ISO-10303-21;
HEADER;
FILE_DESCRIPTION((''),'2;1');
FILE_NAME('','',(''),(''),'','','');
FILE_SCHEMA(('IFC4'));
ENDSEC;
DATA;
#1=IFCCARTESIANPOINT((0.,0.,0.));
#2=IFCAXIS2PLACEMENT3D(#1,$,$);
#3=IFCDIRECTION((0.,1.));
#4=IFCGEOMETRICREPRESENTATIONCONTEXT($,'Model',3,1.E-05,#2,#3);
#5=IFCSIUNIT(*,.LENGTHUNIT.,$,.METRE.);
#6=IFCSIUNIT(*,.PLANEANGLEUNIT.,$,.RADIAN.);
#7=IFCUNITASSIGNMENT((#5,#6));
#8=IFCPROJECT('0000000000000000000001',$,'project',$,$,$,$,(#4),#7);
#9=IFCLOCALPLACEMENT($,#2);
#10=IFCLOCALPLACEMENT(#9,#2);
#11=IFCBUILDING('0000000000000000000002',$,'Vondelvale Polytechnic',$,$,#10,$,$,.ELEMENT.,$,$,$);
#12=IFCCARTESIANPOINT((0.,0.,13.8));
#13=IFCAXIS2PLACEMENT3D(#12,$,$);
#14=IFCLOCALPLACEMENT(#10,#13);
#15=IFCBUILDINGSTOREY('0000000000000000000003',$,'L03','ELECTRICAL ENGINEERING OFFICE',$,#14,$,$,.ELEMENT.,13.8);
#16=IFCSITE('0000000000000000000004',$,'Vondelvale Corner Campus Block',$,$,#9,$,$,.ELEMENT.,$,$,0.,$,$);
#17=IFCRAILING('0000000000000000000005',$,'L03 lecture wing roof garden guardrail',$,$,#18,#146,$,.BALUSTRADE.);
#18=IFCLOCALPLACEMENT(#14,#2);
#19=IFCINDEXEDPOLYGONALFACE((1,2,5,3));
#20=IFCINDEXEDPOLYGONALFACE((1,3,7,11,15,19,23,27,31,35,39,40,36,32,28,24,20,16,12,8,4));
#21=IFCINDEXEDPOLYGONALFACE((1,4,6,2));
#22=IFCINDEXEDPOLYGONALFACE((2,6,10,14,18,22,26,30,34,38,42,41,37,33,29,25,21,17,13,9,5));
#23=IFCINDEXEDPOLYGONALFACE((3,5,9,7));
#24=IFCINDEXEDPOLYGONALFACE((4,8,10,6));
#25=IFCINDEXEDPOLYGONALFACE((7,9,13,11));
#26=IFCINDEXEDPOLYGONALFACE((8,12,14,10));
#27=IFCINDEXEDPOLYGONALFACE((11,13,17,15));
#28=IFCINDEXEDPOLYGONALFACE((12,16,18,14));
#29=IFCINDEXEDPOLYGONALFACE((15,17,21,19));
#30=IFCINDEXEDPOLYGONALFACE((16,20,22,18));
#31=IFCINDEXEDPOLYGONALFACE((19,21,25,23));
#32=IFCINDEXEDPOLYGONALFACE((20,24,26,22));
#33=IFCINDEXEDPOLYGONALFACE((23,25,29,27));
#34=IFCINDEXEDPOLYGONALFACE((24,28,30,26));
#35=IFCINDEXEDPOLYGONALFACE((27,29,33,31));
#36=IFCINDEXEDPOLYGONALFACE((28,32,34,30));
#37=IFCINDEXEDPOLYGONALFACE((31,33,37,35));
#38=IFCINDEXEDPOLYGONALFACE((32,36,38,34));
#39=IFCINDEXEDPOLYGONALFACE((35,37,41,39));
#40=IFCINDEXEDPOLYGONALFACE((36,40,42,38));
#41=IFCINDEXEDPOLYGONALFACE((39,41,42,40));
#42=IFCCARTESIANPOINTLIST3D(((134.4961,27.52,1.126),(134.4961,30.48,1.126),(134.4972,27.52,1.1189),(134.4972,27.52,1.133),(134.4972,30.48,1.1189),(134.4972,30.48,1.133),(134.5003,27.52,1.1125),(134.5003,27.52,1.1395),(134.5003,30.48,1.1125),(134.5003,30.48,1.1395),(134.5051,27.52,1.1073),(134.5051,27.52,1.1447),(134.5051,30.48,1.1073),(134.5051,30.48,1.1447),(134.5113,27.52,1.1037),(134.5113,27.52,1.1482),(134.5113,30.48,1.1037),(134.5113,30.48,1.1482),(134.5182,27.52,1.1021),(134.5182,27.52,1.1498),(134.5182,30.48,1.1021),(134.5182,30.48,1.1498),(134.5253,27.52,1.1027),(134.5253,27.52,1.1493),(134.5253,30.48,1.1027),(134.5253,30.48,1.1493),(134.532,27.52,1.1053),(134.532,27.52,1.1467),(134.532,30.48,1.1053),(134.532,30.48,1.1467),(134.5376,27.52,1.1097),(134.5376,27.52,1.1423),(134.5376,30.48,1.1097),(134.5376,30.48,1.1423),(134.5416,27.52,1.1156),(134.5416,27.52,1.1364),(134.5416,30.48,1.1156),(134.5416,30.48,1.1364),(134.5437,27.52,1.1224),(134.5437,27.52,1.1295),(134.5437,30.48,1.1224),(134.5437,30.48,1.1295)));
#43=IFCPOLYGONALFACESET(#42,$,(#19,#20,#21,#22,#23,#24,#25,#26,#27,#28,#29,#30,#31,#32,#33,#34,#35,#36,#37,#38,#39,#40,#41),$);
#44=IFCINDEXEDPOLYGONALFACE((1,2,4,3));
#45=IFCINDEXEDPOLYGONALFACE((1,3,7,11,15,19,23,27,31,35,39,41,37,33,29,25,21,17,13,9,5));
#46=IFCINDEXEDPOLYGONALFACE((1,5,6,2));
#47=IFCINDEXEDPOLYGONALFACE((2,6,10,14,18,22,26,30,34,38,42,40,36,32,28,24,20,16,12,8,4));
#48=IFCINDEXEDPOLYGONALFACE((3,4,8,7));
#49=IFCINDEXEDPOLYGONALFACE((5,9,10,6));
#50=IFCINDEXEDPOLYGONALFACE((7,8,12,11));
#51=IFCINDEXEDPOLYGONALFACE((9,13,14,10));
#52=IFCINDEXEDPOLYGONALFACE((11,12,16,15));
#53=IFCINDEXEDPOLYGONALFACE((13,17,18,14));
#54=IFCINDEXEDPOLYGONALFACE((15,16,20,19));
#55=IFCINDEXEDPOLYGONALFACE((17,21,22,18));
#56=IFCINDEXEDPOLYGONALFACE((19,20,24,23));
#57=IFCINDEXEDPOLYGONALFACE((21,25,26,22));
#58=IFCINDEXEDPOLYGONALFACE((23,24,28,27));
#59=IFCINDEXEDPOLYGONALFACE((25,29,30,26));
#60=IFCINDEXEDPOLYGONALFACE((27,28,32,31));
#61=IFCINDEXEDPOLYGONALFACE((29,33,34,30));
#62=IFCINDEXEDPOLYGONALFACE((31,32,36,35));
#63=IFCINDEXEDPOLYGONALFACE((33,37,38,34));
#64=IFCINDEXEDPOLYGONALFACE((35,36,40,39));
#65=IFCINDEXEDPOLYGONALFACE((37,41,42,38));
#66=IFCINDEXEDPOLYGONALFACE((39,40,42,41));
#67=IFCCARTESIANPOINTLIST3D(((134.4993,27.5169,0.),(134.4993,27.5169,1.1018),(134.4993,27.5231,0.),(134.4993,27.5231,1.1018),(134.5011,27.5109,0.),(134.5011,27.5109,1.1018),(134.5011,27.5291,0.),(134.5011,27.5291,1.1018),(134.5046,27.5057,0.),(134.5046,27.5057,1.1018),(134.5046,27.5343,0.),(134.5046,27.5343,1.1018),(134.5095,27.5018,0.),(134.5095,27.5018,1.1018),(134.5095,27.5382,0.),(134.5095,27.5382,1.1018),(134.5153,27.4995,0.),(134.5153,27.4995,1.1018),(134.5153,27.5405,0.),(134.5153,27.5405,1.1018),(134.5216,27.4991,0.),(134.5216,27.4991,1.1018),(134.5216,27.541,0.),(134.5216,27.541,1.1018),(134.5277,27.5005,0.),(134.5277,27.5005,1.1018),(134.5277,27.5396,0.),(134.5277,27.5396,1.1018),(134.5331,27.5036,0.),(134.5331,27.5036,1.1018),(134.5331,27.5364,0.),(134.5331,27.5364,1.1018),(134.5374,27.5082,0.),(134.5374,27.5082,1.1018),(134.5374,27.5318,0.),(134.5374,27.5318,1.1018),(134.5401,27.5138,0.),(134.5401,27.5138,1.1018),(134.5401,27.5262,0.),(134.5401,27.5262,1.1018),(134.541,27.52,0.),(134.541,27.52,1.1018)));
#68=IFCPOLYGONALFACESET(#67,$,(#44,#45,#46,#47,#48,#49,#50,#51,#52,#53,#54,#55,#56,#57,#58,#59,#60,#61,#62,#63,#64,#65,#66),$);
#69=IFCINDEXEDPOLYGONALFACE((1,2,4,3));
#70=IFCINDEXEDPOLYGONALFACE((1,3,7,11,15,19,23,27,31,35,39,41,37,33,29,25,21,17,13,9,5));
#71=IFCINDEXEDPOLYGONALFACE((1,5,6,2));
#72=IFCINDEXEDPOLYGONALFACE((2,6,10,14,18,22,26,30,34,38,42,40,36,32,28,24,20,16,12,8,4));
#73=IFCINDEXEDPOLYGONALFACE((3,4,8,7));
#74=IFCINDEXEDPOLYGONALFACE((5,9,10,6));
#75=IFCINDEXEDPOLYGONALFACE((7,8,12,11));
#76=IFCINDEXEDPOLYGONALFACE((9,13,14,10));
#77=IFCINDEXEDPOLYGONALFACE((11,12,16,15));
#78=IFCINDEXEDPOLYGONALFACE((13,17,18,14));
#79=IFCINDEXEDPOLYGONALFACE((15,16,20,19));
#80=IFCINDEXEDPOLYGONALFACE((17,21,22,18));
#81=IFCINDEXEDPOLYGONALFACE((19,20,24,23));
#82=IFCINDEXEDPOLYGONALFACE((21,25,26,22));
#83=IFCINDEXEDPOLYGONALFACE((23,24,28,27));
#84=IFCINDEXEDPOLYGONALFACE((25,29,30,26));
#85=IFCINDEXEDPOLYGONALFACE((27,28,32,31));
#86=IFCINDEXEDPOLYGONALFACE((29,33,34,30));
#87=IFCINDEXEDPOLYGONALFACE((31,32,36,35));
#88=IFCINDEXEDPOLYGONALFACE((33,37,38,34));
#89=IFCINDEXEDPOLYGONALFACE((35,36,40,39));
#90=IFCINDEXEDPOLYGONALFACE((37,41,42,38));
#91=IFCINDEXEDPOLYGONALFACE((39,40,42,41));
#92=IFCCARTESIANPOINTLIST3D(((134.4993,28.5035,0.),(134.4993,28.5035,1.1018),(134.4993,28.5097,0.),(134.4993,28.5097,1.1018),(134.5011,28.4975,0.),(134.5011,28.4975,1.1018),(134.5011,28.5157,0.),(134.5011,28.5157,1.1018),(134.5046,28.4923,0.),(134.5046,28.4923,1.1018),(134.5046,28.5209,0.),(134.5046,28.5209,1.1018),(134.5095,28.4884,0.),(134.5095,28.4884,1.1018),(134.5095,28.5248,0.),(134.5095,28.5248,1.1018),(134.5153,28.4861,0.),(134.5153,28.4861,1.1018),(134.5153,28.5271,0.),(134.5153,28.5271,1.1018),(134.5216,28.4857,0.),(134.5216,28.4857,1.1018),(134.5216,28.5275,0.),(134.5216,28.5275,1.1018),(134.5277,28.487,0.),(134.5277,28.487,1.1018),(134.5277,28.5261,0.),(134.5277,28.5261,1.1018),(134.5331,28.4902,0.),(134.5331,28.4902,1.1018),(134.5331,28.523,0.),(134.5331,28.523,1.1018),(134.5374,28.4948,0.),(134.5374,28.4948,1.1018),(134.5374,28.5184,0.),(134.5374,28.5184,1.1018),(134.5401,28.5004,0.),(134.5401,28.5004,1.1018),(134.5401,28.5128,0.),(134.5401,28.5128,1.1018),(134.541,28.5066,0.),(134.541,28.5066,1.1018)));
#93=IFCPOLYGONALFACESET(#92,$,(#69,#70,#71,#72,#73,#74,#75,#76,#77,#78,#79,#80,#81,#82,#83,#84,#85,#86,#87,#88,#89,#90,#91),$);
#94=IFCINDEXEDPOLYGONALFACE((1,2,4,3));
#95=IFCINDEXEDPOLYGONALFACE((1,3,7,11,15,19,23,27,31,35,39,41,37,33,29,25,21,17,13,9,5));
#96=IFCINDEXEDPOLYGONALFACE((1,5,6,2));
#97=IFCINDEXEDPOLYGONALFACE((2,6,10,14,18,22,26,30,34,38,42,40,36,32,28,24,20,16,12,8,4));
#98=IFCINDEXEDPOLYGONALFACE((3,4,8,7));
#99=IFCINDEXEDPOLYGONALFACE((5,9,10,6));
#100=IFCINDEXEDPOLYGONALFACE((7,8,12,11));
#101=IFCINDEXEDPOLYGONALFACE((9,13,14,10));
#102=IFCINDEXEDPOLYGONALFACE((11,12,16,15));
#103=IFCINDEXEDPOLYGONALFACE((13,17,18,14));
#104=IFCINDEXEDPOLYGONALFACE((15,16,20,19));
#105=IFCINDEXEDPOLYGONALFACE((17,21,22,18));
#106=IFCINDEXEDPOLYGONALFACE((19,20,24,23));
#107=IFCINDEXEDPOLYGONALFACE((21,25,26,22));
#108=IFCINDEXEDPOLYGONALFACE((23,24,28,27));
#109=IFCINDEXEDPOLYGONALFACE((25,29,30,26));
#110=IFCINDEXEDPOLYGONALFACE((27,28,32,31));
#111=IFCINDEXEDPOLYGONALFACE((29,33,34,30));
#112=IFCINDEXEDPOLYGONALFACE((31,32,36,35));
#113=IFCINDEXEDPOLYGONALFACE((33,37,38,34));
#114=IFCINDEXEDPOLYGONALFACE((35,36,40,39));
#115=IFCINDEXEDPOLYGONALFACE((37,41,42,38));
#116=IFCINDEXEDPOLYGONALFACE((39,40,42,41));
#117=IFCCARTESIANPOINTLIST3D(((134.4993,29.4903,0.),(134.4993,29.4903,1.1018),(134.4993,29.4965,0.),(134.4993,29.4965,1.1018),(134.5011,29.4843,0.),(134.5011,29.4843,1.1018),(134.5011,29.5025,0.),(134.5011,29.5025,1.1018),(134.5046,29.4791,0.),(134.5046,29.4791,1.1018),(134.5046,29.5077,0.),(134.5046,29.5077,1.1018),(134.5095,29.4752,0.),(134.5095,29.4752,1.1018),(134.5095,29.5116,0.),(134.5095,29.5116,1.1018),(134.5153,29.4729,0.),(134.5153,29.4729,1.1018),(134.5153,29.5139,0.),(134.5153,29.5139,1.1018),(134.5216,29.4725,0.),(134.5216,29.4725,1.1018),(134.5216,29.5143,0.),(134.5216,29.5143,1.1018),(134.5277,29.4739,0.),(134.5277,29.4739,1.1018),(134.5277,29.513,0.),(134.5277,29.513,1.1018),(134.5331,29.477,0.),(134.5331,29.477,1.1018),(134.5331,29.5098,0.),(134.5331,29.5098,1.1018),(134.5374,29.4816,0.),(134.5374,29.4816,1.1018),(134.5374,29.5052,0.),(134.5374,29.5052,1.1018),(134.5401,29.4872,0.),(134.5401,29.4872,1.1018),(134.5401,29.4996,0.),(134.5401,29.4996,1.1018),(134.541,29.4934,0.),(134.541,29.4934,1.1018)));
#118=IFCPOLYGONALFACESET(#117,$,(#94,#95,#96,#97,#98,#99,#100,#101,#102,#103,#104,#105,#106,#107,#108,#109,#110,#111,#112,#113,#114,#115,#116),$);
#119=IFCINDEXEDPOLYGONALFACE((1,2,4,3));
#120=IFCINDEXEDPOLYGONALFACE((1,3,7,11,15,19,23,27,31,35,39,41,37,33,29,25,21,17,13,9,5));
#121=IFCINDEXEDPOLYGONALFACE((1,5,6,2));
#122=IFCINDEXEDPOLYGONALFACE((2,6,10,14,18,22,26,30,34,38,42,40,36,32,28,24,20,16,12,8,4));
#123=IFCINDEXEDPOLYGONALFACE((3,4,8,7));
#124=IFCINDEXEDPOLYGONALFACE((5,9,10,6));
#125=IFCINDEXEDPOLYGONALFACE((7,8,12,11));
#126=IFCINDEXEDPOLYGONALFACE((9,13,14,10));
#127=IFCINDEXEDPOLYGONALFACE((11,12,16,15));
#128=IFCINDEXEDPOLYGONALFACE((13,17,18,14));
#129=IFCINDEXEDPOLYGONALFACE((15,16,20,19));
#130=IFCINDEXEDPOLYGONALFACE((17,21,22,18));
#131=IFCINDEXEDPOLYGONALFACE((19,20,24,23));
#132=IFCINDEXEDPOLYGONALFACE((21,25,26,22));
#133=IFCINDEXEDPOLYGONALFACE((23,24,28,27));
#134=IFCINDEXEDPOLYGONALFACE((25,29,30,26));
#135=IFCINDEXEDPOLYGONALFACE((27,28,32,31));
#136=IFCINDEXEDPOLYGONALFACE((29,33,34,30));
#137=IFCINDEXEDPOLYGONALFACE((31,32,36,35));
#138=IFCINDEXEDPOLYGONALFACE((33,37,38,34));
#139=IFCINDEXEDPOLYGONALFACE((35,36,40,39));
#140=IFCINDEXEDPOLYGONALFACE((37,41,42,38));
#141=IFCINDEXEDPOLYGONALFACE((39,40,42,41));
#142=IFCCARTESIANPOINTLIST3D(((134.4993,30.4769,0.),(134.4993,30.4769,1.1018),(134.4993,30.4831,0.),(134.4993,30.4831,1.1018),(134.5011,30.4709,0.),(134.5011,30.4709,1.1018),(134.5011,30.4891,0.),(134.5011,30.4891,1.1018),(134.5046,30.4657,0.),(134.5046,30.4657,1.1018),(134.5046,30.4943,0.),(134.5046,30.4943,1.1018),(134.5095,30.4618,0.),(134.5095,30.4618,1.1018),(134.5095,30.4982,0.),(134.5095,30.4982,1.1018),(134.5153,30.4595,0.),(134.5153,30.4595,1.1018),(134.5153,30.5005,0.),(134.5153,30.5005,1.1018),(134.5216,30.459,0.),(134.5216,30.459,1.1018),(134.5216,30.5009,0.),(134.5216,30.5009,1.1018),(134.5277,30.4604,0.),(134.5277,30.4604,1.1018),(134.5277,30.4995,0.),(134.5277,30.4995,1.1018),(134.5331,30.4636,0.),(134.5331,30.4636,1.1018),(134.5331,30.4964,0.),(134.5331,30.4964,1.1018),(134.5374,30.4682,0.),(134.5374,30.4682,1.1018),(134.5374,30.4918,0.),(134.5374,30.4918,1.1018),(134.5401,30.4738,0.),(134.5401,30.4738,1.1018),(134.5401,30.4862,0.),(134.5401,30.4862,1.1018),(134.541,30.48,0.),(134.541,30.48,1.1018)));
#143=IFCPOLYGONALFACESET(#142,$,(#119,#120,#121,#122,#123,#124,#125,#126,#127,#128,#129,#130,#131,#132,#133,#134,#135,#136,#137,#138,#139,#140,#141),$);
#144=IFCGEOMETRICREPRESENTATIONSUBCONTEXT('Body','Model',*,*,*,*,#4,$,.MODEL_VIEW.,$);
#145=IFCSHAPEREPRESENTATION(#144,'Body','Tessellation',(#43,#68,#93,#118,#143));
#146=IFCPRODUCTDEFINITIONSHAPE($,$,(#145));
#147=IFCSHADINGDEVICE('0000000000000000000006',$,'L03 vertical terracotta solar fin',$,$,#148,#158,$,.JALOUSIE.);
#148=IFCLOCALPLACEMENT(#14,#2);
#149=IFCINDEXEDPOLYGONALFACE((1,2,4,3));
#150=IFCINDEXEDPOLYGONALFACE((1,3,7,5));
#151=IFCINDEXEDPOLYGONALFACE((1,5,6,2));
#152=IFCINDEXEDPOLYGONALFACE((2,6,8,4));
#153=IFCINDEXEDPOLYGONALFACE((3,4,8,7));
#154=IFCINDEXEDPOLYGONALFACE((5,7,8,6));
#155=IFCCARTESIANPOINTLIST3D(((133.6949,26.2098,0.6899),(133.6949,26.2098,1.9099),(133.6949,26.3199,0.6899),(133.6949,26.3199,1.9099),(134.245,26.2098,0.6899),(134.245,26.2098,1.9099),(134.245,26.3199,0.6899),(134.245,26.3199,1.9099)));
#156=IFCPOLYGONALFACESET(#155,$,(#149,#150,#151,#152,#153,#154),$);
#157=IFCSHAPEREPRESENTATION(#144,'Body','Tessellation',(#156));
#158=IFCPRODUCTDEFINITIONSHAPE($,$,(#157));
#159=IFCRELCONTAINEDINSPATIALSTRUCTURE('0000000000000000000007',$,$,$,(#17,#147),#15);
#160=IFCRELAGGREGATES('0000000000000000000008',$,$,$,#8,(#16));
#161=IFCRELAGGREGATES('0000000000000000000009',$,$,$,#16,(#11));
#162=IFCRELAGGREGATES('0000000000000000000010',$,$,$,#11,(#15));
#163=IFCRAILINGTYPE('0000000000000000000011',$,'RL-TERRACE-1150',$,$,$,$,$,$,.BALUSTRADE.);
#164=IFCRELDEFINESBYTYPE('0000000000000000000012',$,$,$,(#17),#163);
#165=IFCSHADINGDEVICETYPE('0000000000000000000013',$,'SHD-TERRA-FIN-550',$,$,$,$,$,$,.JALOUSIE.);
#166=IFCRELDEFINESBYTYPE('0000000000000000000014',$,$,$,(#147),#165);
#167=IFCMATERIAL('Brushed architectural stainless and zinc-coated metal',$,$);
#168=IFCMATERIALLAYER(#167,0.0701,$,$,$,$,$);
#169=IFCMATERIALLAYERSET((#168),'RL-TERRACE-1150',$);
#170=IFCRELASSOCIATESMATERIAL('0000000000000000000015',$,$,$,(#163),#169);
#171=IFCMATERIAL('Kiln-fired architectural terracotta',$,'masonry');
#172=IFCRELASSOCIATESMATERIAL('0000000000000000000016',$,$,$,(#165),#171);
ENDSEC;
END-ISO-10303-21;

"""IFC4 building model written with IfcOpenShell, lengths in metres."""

from ifc_helpers import new_model, si_unit, direction, frame, origin, origin_2d, place, context, subcontext, project, spatial, rectangle, circle, extrude, material, layer, layer_set, type_object, element, save


model = new_model("IFC4")

# Units and contexts
model_context = context("Model", 3, precision=1e-05, world=origin(), true_north=direction((0.0, 1.0)))
body_context = subcontext(model_context, "Body", "Model", "MODEL_VIEW")
ifc_project = project(units=[si_unit("LENGTHUNIT", "METRE"), si_unit("PLANEANGLEUNIT", "RADIAN")], contexts=[model_context])

# Site, building, storey
site_placement = place(None, origin())
site = spatial("IfcSite", under=ifc_project, at=site_placement, Name="Vondelvale Corner Campus Block", CompositionType="ELEMENT", RefElevation=0.0)
building_placement = place(site_placement, origin())
building = spatial("IfcBuilding", under=site, at=building_placement, Name="Vondelvale Polytechnic", CompositionType="ELEMENT")
storey_placement = place(building_placement, frame((0.0, 0.0, 13.8)))
storey = spatial("IfcBuildingStorey", under=building, at=storey_placement, Name="L03", Description="ELECTRICAL ENGINEERING OFFICE", CompositionType="ELEMENT", Elevation=13.8)

# Railing
ifc_material_1 = material(Name="Brushed architectural stainless and zinc-coated metal")
ifc_layer_1 = layer(ifc_material_1, 0.0701)
ifc_layer_set_1 = layer_set([ifc_layer_1], Name="RL-TERRACE-1150")
railing_type = type_object("IfcRailingType", Name="RL-TERRACE-1150", PredefinedType="BALUSTRADE", material=ifc_layer_set_1)
railing_placement = place(storey_placement, frame((134.52, 27.52, 0.0)))
element("IfcRailing", 1, at=railing_placement, inside=storey, type_object=railing_type, Name="L03 lecture wing roof garden guardrail", PredefinedType="BALUSTRADE", context=body_context, shape_type="SweptSolid", body=[
    extrude(circle(Radius=0.0239, at=origin_2d()), frame((0.0, 0.0, 1.126), z_axis=(0.0, 1.0, 0.0), x_axis=(-1.0, 0.0, 0.0)), (0.0, 0.0, 1.0), 2.96),
    extrude(circle(Radius=0.021, at=origin_2d()), origin(), (0.0, 0.0, 1.0), 1.1018),
    extrude(circle(Radius=0.021, at=origin_2d()), frame((0.0, 0.9866, 0.0)), (0.0, 0.0, 1.0), 1.1018),
    extrude(circle(Radius=0.021, at=origin_2d()), frame((0.0, 1.9734, 0.0)), (0.0, 0.0, 1.0), 1.1018),
    extrude(circle(Radius=0.021, at=origin_2d()), frame((0.0, 2.96, 0.0)), (0.0, 0.0, 1.0), 1.1018),
])

# Shading device
ifc_material_2 = material(Name="Kiln-fired architectural terracotta", Category="masonry")
shading_device_type = type_object("IfcShadingDeviceType", Name="SHD-TERRA-FIN-550", PredefinedType="JALOUSIE", material=ifc_material_2)
shading_device_placement = place(storey_placement, frame((133.97, 26.2649, 0.6899), z_axis=(0.0, 0.0, 1.0), x_axis=(0.0, 1.0, 0.0)))
element("IfcShadingDevice", 2, at=shading_device_placement, inside=storey, type_object=shading_device_type, Name="L03 vertical terracotta solar fin", PredefinedType="JALOUSIE", context=body_context, shape_type="SweptSolid", body=[
    extrude(rectangle(XDim=0.1101, YDim=0.55, at=origin_2d()), origin(), (0.0, 0.0, 1.0), 1.22),
])

save(model, "model.ifc")
